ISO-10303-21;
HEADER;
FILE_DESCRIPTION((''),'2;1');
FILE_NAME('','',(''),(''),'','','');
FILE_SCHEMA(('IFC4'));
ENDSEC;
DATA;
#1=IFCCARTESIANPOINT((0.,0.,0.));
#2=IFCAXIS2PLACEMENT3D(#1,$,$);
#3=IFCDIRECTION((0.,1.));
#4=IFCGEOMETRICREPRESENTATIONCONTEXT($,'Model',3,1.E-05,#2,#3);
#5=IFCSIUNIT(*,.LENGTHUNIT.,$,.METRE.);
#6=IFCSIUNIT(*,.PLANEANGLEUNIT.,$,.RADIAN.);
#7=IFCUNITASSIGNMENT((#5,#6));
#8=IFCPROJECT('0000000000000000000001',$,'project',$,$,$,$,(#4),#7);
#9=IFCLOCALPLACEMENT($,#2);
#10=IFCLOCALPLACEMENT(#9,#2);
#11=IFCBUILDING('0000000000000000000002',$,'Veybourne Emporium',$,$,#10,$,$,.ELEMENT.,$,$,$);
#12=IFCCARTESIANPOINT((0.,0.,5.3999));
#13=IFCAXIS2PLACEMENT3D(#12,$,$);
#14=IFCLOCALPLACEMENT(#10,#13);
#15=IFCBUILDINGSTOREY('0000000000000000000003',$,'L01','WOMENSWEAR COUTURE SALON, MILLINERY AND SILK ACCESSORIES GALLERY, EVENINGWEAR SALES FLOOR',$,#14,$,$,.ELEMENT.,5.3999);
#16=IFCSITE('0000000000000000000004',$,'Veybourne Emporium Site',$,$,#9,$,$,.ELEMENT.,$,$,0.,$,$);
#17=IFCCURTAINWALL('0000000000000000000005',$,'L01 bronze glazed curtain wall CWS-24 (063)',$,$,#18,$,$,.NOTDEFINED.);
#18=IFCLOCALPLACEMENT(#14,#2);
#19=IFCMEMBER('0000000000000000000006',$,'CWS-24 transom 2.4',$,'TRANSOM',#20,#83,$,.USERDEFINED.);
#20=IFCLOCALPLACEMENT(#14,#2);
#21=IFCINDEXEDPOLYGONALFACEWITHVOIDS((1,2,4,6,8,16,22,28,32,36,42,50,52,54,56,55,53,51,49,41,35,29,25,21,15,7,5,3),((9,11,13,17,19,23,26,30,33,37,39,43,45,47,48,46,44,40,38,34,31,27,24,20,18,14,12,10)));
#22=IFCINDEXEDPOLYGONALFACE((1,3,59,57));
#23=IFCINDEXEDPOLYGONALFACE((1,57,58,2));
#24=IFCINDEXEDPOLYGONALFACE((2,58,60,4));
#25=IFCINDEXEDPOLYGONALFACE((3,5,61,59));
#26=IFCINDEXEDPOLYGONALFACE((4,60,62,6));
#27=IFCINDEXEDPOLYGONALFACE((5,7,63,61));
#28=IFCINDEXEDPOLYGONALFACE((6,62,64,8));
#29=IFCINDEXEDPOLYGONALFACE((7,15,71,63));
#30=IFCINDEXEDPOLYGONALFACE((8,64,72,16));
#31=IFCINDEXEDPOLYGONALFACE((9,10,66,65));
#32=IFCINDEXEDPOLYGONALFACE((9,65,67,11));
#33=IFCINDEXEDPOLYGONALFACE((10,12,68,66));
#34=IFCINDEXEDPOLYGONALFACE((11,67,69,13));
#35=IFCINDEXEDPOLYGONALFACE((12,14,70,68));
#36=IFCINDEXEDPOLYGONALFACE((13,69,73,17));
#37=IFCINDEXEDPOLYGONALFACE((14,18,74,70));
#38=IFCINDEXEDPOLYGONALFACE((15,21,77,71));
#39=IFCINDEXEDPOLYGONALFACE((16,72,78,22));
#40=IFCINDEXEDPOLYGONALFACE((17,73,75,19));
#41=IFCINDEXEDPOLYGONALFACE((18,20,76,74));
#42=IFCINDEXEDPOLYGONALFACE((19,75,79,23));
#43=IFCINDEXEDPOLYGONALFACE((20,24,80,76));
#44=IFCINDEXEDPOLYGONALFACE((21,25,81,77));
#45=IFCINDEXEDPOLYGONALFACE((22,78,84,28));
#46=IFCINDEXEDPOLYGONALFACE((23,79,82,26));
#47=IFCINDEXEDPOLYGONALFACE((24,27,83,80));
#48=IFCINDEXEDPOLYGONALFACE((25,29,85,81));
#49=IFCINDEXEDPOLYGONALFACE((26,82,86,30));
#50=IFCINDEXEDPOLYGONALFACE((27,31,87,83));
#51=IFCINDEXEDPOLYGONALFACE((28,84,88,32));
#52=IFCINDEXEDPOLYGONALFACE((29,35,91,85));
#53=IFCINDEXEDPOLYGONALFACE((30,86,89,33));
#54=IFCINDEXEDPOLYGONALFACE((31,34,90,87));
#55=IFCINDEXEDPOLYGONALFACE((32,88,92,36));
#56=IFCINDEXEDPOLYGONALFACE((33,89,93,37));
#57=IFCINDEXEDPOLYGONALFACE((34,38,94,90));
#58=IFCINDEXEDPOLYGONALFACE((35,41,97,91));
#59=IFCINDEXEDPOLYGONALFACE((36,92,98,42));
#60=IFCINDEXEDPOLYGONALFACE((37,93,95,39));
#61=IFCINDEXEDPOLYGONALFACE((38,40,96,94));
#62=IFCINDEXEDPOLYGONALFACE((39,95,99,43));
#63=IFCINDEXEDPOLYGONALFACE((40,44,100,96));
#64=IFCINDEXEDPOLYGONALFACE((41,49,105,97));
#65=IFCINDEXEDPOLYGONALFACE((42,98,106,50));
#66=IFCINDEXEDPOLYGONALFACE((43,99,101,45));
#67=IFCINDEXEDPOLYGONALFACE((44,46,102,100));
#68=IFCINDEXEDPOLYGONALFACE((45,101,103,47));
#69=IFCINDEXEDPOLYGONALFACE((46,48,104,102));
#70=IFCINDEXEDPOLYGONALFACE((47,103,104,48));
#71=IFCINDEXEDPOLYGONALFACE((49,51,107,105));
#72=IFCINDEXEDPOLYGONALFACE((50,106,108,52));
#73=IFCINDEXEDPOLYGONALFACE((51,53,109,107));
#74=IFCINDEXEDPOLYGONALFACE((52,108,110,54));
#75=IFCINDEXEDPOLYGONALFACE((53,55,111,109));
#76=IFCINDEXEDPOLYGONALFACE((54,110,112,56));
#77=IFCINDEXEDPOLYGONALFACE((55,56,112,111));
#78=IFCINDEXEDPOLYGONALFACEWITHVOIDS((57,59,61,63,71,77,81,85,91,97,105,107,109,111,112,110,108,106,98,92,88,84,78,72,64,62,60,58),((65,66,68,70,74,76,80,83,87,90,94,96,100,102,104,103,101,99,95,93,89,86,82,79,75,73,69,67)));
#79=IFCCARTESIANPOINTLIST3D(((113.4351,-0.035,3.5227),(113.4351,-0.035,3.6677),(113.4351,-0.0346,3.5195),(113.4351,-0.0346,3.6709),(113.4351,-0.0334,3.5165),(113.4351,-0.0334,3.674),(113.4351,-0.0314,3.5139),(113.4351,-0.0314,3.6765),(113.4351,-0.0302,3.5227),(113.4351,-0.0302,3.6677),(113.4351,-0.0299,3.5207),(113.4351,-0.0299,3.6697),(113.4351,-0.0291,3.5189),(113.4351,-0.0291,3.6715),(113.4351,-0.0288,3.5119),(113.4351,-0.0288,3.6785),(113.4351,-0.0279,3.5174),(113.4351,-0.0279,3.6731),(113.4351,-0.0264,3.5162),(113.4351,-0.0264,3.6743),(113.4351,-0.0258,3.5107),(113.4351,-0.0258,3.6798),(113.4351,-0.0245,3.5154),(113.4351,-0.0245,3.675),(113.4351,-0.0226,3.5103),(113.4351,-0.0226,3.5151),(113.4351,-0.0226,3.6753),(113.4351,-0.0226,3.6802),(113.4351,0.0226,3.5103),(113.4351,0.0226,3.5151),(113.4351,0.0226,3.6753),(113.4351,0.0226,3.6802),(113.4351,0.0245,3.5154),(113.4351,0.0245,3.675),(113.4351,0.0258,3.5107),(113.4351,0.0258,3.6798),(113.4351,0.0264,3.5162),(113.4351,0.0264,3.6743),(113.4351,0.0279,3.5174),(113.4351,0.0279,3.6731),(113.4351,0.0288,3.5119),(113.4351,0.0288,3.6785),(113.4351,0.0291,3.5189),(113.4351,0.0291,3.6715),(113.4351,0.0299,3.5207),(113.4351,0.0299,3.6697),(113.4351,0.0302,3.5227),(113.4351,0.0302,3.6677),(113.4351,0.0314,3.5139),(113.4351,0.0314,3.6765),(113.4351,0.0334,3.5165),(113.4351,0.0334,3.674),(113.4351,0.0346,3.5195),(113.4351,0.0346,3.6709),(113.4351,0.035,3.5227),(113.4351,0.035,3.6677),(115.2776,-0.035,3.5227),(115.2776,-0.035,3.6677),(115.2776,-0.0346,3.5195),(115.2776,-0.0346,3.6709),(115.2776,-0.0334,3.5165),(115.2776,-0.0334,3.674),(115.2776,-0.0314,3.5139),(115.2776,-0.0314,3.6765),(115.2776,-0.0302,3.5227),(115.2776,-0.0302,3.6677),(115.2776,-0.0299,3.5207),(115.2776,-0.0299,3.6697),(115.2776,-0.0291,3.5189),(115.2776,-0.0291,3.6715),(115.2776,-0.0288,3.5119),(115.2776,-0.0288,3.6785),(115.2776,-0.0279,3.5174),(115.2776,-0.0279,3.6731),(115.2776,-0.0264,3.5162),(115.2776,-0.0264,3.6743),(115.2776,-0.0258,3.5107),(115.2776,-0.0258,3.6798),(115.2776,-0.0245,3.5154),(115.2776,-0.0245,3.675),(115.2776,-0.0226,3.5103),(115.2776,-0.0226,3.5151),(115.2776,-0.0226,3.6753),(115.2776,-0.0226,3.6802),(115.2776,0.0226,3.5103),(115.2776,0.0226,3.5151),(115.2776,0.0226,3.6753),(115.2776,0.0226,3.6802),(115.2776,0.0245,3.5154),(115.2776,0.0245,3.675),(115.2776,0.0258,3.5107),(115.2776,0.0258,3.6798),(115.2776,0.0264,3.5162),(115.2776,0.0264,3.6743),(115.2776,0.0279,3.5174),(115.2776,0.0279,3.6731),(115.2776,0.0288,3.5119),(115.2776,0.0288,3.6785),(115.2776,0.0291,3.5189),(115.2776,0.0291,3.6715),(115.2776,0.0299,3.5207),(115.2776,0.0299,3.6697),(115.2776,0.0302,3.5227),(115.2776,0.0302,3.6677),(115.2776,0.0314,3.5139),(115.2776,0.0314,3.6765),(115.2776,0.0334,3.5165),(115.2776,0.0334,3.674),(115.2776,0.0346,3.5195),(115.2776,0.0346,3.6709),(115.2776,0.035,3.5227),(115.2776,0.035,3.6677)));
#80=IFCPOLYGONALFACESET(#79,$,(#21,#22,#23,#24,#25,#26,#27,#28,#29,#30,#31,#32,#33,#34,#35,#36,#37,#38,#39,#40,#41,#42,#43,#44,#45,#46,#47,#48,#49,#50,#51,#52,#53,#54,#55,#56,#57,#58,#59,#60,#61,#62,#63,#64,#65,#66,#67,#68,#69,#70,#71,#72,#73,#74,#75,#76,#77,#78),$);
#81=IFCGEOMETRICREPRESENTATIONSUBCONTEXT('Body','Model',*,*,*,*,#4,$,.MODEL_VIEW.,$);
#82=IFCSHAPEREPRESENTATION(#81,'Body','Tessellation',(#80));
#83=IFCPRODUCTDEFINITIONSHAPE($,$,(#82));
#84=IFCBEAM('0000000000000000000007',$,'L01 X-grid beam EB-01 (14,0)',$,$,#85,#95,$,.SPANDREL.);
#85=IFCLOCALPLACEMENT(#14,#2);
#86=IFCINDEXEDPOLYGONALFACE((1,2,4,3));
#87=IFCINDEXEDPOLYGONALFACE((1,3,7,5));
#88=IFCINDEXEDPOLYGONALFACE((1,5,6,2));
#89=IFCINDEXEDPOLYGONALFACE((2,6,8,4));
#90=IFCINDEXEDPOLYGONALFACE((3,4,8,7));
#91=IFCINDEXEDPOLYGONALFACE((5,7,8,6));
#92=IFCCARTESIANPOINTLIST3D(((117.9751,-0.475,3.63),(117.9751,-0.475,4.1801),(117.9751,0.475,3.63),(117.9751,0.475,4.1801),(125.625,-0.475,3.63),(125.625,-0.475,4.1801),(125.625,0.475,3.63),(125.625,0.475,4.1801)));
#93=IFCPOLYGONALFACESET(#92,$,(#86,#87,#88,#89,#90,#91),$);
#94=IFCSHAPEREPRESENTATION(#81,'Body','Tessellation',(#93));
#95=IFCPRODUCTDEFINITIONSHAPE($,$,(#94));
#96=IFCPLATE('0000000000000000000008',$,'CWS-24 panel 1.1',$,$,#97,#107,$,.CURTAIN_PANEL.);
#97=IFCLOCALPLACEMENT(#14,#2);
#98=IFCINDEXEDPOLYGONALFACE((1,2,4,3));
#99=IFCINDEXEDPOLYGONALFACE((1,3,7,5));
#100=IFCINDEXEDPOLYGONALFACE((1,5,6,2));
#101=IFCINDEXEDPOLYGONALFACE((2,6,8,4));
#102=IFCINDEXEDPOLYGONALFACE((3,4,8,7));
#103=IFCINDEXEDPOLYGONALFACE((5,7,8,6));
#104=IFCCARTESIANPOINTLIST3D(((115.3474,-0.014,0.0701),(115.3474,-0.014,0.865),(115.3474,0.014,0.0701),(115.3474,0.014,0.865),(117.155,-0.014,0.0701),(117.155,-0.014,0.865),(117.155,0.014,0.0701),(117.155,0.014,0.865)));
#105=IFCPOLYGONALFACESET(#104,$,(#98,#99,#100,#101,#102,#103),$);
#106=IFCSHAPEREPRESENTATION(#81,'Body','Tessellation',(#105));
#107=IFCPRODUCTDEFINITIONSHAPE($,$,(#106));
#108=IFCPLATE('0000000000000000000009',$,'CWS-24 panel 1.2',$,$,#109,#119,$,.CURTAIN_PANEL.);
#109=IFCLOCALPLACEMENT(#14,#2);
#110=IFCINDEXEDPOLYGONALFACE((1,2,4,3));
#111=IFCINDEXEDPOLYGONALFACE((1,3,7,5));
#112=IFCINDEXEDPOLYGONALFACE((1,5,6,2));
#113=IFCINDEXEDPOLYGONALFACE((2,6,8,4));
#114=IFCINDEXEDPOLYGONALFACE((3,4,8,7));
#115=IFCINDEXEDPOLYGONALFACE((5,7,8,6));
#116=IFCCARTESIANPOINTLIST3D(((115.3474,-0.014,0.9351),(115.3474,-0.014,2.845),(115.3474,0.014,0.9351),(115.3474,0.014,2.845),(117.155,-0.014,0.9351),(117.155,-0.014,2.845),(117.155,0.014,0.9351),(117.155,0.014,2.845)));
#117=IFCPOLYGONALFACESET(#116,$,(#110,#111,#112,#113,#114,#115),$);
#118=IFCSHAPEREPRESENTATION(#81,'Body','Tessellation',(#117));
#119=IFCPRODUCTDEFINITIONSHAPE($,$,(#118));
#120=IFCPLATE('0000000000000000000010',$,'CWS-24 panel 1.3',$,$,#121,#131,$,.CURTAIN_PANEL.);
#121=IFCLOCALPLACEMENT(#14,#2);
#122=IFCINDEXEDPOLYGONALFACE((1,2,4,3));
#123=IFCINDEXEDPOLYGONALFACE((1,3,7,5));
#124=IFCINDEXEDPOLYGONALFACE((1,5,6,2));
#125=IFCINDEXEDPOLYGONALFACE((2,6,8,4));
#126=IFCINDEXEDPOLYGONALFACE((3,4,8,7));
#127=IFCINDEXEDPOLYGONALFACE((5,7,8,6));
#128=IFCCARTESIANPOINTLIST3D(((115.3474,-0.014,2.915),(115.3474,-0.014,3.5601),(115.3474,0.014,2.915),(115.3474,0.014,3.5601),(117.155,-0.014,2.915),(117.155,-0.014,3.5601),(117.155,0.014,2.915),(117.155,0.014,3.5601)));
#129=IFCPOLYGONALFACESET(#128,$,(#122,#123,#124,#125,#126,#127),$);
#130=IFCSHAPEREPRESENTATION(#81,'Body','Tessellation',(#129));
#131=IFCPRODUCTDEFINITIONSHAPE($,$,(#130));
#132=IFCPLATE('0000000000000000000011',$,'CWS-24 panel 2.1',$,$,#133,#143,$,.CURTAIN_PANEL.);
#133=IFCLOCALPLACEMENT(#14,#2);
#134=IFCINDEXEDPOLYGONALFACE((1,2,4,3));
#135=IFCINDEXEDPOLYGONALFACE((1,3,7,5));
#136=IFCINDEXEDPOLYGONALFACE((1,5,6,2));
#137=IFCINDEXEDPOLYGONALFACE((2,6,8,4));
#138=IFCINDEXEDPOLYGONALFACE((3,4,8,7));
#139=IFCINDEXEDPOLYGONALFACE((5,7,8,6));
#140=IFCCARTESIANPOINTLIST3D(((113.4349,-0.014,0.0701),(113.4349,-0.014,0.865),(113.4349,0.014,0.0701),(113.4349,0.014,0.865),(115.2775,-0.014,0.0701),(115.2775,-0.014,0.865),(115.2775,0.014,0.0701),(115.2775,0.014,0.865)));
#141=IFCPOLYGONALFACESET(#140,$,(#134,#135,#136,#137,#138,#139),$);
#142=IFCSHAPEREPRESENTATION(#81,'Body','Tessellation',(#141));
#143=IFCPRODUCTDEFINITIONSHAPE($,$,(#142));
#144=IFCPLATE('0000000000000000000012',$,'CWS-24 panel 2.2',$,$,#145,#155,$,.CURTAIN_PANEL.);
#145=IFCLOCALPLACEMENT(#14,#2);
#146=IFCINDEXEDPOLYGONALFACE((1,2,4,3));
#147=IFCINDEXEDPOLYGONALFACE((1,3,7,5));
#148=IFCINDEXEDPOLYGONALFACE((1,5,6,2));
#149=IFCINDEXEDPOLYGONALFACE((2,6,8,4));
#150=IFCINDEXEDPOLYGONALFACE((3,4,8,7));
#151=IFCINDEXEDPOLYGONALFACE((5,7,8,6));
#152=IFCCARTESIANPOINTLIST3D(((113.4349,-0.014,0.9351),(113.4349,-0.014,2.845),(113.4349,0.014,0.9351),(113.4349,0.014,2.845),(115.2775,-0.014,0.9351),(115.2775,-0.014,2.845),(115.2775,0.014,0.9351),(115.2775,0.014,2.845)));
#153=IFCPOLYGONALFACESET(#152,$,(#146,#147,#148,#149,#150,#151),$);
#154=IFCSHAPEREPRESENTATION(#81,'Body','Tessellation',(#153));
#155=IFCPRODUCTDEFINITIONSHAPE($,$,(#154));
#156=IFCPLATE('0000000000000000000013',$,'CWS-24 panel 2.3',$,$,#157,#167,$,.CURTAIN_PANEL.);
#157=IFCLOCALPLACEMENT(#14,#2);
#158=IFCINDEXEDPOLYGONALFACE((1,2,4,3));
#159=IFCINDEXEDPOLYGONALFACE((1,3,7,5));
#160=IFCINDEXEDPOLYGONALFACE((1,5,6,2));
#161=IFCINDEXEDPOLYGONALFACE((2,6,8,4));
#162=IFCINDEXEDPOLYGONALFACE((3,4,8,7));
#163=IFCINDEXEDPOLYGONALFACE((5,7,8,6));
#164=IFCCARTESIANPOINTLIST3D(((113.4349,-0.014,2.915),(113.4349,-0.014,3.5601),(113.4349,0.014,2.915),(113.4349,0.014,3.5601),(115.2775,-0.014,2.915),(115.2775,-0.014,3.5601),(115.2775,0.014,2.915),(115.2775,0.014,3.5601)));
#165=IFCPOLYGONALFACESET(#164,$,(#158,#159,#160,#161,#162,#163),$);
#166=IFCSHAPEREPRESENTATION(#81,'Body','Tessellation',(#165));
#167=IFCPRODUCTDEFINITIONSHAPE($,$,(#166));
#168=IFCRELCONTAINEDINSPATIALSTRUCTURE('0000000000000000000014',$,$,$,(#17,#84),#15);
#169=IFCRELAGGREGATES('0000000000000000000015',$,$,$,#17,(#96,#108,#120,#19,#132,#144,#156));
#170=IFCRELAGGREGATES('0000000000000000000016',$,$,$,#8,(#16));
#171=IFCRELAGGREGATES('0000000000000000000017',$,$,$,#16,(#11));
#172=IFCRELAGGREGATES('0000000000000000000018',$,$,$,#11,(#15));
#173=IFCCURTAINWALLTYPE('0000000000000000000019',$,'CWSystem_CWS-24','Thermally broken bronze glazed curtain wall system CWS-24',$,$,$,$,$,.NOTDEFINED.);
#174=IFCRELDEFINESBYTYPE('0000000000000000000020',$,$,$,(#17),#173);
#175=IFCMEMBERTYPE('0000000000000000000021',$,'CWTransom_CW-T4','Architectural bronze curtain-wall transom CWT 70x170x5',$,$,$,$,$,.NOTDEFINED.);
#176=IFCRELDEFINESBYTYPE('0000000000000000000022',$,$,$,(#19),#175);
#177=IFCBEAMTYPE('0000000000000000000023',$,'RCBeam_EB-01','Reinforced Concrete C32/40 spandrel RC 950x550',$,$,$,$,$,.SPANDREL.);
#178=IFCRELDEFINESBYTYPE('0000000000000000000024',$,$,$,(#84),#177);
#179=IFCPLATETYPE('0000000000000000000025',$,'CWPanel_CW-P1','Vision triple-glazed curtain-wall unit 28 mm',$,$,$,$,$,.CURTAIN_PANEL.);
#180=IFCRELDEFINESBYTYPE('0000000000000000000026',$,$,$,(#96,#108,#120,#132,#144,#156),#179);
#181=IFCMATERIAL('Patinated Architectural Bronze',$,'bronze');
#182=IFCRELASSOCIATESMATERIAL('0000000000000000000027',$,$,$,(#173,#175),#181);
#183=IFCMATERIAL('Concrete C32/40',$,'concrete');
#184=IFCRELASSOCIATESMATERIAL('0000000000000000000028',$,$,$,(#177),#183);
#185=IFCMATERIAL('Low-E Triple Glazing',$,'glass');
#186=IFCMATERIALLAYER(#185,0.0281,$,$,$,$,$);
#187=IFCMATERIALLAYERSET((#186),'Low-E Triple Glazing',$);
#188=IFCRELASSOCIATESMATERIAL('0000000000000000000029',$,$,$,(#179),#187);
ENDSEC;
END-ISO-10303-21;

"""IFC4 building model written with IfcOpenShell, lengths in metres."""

from ifc_helpers import new_model, si_unit, direction, frame, origin, origin_2d, place, context, subcontext, project, spatial, rectangle, hollow_rectangle, extrude, material, layer, layer_set, material_profile, profile_set, type_object, element, aggregate, save


model = new_model("IFC4")

# Units and contexts
model_context = context("Model", 3, precision=1e-05, world=origin(), true_north=direction((0.0, 1.0)))
body_context = subcontext(model_context, "Body", "Model", "MODEL_VIEW")
ifc_project = project(units=[si_unit("LENGTHUNIT", "METRE"), si_unit("PLANEANGLEUNIT", "RADIAN")], contexts=[model_context])

# Site, building, storey
site_placement = place(None, origin())
site = spatial("IfcSite", under=ifc_project, at=site_placement, Name="Veybourne Emporium Site", CompositionType="ELEMENT", RefElevation=0.0)
building_placement = place(site_placement, origin())
building = spatial("IfcBuilding", under=site, at=building_placement, Name="Veybourne Emporium", CompositionType="ELEMENT")
storey_placement = place(building_placement, frame((0.0, 0.0, 5.3999)))
storey = spatial("IfcBuildingStorey", under=building, at=storey_placement, Name="L01", Description="WOMENSWEAR COUTURE SALON, MILLINERY AND SILK ACCESSORIES GALLERY, EVENINGWEAR SALES FLOOR", CompositionType="ELEMENT", Elevation=5.3999)

# Curtain wall, member
ifc_material_1 = material(Name="Patinated Architectural Bronze", Category="bronze")
curtain_wall_type = type_object("IfcCurtainWallType", Name="CWSystem_CWS-24", Description="Thermally broken bronze glazed curtain wall system CWS-24", PredefinedType="NOTDEFINED", material=ifc_material_1)
curtain_wall_placement = place(storey_placement, origin())
curtain_wall = element("IfcCurtainWall", 1, at=curtain_wall_placement, inside=storey, type_object=curtain_wall_type, Name="L01 bronze glazed curtain wall CWS-24 (063)", PredefinedType="NOTDEFINED")
ifc_material_profile_1 = material_profile(ifc_material_1, hollow_rectangle(XDim=0.0701, YDim=0.1699, WallThickness=0.0049, InnerFilletRadius=0.0076, OuterFilletRadius=0.0125, at=origin_2d()), Name="CWT 70x170x5")
ifc_profile_set_1 = profile_set([ifc_material_profile_1], Name="Patinated Architectural Bronze")
member_type_1 = type_object("IfcMemberType", Name="CWTransom_CW-T4", Description="Architectural bronze curtain-wall transom CWT 70x170x5", PredefinedType="NOTDEFINED", material=ifc_profile_set_1)
member_1_placement = place(storey_placement, frame((115.2776, 0.0, 3.5952), z_axis=(-1.0, 0.0, 0.0), x_axis=(0.0, -1.0, 0.0)))
member_1 = element("IfcMember", 2, at=member_1_placement, type_object=member_type_1, Name="CWS-24 transom 2.4", ObjectType="TRANSOM", PredefinedType="USERDEFINED", context=body_context, shape_type="SweptSolid", body=[
    extrude(hollow_rectangle(XDim=0.0701, YDim=0.1699, WallThickness=0.0049, InnerFilletRadius=0.0076, OuterFilletRadius=0.0125, at=origin_2d()), origin(), (0.0, 0.0, 1.0), 1.8425),
])

# Beam
ifc_material_2 = material(Name="Concrete C32/40", Category="concrete")
ifc_material_profile_2 = material_profile(ifc_material_2, rectangle(XDim=0.95, YDim=0.55, at=origin_2d()), Name="RC 950x550")
ifc_profile_set_2 = profile_set([ifc_material_profile_2], Name="Concrete C32/40")
beam_type = type_object("IfcBeamType", Name="RCBeam_EB-01", Description="Reinforced Concrete C32/40 spandrel RC 950x550", PredefinedType="SPANDREL", material=ifc_profile_set_2)
beam_placement = place(storey_placement, frame((117.9751, 0.0, 3.905), z_axis=(1.0, 0.0, 0.0), x_axis=(0.0, 1.0, 0.0)))
element("IfcBeam", 3, at=beam_placement, inside=storey, type_object=beam_type, Name="L01 X-grid beam EB-01 (14,0)", PredefinedType="SPANDREL", context=body_context, shape_type="SweptSolid", body=[
    extrude(rectangle(XDim=0.95, YDim=0.55, at=origin_2d()), origin(), (0.0, 0.0, 1.0), 7.6499),
])

# Plates
ifc_material_3 = material(Name="Low-E Triple Glazing", Category="glass")
ifc_layer_1 = layer(ifc_material_3, 0.0281)
ifc_layer_set_1 = layer_set([ifc_layer_1], Name="Low-E Triple Glazing")
plate_type = type_object("IfcPlateType", Name="CWPanel_CW-P1", Description="Vision triple-glazed curtain-wall unit 28 mm", PredefinedType="CURTAIN_PANEL", material=ifc_layer_set_1)
plate_1_placement = place(storey_placement, frame((116.2512, 0.0, 0.0701), z_axis=(0.0, 0.0, 1.0), x_axis=(-1.0, 0.0, 0.0)))
plate_1 = element("IfcPlate", 4, at=plate_1_placement, type_object=plate_type, Name="CWS-24 panel 1.1", PredefinedType="CURTAIN_PANEL", context=body_context, shape_type="SweptSolid", body=[
    extrude(rectangle(XDim=1.8076, YDim=0.0281, at=origin_2d()), origin(), (0.0, 0.0, 1.0), 0.7949),
])
plate_2_placement = place(storey_placement, frame((116.2512, 0.0, 0.9351), z_axis=(0.0, 0.0, 1.0), x_axis=(-1.0, 0.0, 0.0)))
plate_2 = element("IfcPlate", 5, at=plate_2_placement, type_object=plate_type, Name="CWS-24 panel 1.2", PredefinedType="CURTAIN_PANEL", context=body_context, shape_type="SweptSolid", body=[
    extrude(rectangle(XDim=1.8076, YDim=0.0281, at=origin_2d()), origin(), (0.0, 0.0, 1.0), 1.9099),
])
plate_3_placement = place(storey_placement, frame((116.2512, 0.0, 2.915), z_axis=(0.0, 0.0, 1.0), x_axis=(-1.0, 0.0, 0.0)))
plate_3 = element("IfcPlate", 6, at=plate_3_placement, type_object=plate_type, Name="CWS-24 panel 1.3", PredefinedType="CURTAIN_PANEL", context=body_context, shape_type="SweptSolid", body=[
    extrude(rectangle(XDim=1.8076, YDim=0.0281, at=origin_2d()), origin(), (0.0, 0.0, 1.0), 0.645),
])
plate_4_placement = place(storey_placement, frame((114.3562, 0.0, 0.0701), z_axis=(0.0, 0.0, 1.0), x_axis=(-1.0, 0.0, 0.0)))
plate_4 = element("IfcPlate", 7, at=plate_4_placement, type_object=plate_type, Name="CWS-24 panel 2.1", PredefinedType="CURTAIN_PANEL", context=body_context, shape_type="SweptSolid", body=[
    extrude(rectangle(XDim=1.8425, YDim=0.0281, at=origin_2d()), origin(), (0.0, 0.0, 1.0), 0.7949),
])
plate_5_placement = place(storey_placement, frame((114.3562, 0.0, 0.9351), z_axis=(0.0, 0.0, 1.0), x_axis=(-1.0, 0.0, 0.0)))
plate_5 = element("IfcPlate", 8, at=plate_5_placement, type_object=plate_type, Name="CWS-24 panel 2.2", PredefinedType="CURTAIN_PANEL", context=body_context, shape_type="SweptSolid", body=[
    extrude(rectangle(XDim=1.8425, YDim=0.0281, at=origin_2d()), origin(), (0.0, 0.0, 1.0), 1.9099),
])
plate_6_placement = place(storey_placement, frame((114.3562, 0.0, 2.915), z_axis=(0.0, 0.0, 1.0), x_axis=(-1.0, 0.0, 0.0)))
plate_6 = element("IfcPlate", 9, at=plate_6_placement, type_object=plate_type, Name="CWS-24 panel 2.3", PredefinedType="CURTAIN_PANEL", context=body_context, shape_type="SweptSolid", body=[
    extrude(rectangle(XDim=1.8425, YDim=0.0281, at=origin_2d()), origin(), (0.0, 0.0, 1.0), 0.645),
])
aggregate(curtain_wall, [plate_1, plate_2, plate_3, member_1, plate_4, plate_5, plate_6])

save(model, "model.ifc")
